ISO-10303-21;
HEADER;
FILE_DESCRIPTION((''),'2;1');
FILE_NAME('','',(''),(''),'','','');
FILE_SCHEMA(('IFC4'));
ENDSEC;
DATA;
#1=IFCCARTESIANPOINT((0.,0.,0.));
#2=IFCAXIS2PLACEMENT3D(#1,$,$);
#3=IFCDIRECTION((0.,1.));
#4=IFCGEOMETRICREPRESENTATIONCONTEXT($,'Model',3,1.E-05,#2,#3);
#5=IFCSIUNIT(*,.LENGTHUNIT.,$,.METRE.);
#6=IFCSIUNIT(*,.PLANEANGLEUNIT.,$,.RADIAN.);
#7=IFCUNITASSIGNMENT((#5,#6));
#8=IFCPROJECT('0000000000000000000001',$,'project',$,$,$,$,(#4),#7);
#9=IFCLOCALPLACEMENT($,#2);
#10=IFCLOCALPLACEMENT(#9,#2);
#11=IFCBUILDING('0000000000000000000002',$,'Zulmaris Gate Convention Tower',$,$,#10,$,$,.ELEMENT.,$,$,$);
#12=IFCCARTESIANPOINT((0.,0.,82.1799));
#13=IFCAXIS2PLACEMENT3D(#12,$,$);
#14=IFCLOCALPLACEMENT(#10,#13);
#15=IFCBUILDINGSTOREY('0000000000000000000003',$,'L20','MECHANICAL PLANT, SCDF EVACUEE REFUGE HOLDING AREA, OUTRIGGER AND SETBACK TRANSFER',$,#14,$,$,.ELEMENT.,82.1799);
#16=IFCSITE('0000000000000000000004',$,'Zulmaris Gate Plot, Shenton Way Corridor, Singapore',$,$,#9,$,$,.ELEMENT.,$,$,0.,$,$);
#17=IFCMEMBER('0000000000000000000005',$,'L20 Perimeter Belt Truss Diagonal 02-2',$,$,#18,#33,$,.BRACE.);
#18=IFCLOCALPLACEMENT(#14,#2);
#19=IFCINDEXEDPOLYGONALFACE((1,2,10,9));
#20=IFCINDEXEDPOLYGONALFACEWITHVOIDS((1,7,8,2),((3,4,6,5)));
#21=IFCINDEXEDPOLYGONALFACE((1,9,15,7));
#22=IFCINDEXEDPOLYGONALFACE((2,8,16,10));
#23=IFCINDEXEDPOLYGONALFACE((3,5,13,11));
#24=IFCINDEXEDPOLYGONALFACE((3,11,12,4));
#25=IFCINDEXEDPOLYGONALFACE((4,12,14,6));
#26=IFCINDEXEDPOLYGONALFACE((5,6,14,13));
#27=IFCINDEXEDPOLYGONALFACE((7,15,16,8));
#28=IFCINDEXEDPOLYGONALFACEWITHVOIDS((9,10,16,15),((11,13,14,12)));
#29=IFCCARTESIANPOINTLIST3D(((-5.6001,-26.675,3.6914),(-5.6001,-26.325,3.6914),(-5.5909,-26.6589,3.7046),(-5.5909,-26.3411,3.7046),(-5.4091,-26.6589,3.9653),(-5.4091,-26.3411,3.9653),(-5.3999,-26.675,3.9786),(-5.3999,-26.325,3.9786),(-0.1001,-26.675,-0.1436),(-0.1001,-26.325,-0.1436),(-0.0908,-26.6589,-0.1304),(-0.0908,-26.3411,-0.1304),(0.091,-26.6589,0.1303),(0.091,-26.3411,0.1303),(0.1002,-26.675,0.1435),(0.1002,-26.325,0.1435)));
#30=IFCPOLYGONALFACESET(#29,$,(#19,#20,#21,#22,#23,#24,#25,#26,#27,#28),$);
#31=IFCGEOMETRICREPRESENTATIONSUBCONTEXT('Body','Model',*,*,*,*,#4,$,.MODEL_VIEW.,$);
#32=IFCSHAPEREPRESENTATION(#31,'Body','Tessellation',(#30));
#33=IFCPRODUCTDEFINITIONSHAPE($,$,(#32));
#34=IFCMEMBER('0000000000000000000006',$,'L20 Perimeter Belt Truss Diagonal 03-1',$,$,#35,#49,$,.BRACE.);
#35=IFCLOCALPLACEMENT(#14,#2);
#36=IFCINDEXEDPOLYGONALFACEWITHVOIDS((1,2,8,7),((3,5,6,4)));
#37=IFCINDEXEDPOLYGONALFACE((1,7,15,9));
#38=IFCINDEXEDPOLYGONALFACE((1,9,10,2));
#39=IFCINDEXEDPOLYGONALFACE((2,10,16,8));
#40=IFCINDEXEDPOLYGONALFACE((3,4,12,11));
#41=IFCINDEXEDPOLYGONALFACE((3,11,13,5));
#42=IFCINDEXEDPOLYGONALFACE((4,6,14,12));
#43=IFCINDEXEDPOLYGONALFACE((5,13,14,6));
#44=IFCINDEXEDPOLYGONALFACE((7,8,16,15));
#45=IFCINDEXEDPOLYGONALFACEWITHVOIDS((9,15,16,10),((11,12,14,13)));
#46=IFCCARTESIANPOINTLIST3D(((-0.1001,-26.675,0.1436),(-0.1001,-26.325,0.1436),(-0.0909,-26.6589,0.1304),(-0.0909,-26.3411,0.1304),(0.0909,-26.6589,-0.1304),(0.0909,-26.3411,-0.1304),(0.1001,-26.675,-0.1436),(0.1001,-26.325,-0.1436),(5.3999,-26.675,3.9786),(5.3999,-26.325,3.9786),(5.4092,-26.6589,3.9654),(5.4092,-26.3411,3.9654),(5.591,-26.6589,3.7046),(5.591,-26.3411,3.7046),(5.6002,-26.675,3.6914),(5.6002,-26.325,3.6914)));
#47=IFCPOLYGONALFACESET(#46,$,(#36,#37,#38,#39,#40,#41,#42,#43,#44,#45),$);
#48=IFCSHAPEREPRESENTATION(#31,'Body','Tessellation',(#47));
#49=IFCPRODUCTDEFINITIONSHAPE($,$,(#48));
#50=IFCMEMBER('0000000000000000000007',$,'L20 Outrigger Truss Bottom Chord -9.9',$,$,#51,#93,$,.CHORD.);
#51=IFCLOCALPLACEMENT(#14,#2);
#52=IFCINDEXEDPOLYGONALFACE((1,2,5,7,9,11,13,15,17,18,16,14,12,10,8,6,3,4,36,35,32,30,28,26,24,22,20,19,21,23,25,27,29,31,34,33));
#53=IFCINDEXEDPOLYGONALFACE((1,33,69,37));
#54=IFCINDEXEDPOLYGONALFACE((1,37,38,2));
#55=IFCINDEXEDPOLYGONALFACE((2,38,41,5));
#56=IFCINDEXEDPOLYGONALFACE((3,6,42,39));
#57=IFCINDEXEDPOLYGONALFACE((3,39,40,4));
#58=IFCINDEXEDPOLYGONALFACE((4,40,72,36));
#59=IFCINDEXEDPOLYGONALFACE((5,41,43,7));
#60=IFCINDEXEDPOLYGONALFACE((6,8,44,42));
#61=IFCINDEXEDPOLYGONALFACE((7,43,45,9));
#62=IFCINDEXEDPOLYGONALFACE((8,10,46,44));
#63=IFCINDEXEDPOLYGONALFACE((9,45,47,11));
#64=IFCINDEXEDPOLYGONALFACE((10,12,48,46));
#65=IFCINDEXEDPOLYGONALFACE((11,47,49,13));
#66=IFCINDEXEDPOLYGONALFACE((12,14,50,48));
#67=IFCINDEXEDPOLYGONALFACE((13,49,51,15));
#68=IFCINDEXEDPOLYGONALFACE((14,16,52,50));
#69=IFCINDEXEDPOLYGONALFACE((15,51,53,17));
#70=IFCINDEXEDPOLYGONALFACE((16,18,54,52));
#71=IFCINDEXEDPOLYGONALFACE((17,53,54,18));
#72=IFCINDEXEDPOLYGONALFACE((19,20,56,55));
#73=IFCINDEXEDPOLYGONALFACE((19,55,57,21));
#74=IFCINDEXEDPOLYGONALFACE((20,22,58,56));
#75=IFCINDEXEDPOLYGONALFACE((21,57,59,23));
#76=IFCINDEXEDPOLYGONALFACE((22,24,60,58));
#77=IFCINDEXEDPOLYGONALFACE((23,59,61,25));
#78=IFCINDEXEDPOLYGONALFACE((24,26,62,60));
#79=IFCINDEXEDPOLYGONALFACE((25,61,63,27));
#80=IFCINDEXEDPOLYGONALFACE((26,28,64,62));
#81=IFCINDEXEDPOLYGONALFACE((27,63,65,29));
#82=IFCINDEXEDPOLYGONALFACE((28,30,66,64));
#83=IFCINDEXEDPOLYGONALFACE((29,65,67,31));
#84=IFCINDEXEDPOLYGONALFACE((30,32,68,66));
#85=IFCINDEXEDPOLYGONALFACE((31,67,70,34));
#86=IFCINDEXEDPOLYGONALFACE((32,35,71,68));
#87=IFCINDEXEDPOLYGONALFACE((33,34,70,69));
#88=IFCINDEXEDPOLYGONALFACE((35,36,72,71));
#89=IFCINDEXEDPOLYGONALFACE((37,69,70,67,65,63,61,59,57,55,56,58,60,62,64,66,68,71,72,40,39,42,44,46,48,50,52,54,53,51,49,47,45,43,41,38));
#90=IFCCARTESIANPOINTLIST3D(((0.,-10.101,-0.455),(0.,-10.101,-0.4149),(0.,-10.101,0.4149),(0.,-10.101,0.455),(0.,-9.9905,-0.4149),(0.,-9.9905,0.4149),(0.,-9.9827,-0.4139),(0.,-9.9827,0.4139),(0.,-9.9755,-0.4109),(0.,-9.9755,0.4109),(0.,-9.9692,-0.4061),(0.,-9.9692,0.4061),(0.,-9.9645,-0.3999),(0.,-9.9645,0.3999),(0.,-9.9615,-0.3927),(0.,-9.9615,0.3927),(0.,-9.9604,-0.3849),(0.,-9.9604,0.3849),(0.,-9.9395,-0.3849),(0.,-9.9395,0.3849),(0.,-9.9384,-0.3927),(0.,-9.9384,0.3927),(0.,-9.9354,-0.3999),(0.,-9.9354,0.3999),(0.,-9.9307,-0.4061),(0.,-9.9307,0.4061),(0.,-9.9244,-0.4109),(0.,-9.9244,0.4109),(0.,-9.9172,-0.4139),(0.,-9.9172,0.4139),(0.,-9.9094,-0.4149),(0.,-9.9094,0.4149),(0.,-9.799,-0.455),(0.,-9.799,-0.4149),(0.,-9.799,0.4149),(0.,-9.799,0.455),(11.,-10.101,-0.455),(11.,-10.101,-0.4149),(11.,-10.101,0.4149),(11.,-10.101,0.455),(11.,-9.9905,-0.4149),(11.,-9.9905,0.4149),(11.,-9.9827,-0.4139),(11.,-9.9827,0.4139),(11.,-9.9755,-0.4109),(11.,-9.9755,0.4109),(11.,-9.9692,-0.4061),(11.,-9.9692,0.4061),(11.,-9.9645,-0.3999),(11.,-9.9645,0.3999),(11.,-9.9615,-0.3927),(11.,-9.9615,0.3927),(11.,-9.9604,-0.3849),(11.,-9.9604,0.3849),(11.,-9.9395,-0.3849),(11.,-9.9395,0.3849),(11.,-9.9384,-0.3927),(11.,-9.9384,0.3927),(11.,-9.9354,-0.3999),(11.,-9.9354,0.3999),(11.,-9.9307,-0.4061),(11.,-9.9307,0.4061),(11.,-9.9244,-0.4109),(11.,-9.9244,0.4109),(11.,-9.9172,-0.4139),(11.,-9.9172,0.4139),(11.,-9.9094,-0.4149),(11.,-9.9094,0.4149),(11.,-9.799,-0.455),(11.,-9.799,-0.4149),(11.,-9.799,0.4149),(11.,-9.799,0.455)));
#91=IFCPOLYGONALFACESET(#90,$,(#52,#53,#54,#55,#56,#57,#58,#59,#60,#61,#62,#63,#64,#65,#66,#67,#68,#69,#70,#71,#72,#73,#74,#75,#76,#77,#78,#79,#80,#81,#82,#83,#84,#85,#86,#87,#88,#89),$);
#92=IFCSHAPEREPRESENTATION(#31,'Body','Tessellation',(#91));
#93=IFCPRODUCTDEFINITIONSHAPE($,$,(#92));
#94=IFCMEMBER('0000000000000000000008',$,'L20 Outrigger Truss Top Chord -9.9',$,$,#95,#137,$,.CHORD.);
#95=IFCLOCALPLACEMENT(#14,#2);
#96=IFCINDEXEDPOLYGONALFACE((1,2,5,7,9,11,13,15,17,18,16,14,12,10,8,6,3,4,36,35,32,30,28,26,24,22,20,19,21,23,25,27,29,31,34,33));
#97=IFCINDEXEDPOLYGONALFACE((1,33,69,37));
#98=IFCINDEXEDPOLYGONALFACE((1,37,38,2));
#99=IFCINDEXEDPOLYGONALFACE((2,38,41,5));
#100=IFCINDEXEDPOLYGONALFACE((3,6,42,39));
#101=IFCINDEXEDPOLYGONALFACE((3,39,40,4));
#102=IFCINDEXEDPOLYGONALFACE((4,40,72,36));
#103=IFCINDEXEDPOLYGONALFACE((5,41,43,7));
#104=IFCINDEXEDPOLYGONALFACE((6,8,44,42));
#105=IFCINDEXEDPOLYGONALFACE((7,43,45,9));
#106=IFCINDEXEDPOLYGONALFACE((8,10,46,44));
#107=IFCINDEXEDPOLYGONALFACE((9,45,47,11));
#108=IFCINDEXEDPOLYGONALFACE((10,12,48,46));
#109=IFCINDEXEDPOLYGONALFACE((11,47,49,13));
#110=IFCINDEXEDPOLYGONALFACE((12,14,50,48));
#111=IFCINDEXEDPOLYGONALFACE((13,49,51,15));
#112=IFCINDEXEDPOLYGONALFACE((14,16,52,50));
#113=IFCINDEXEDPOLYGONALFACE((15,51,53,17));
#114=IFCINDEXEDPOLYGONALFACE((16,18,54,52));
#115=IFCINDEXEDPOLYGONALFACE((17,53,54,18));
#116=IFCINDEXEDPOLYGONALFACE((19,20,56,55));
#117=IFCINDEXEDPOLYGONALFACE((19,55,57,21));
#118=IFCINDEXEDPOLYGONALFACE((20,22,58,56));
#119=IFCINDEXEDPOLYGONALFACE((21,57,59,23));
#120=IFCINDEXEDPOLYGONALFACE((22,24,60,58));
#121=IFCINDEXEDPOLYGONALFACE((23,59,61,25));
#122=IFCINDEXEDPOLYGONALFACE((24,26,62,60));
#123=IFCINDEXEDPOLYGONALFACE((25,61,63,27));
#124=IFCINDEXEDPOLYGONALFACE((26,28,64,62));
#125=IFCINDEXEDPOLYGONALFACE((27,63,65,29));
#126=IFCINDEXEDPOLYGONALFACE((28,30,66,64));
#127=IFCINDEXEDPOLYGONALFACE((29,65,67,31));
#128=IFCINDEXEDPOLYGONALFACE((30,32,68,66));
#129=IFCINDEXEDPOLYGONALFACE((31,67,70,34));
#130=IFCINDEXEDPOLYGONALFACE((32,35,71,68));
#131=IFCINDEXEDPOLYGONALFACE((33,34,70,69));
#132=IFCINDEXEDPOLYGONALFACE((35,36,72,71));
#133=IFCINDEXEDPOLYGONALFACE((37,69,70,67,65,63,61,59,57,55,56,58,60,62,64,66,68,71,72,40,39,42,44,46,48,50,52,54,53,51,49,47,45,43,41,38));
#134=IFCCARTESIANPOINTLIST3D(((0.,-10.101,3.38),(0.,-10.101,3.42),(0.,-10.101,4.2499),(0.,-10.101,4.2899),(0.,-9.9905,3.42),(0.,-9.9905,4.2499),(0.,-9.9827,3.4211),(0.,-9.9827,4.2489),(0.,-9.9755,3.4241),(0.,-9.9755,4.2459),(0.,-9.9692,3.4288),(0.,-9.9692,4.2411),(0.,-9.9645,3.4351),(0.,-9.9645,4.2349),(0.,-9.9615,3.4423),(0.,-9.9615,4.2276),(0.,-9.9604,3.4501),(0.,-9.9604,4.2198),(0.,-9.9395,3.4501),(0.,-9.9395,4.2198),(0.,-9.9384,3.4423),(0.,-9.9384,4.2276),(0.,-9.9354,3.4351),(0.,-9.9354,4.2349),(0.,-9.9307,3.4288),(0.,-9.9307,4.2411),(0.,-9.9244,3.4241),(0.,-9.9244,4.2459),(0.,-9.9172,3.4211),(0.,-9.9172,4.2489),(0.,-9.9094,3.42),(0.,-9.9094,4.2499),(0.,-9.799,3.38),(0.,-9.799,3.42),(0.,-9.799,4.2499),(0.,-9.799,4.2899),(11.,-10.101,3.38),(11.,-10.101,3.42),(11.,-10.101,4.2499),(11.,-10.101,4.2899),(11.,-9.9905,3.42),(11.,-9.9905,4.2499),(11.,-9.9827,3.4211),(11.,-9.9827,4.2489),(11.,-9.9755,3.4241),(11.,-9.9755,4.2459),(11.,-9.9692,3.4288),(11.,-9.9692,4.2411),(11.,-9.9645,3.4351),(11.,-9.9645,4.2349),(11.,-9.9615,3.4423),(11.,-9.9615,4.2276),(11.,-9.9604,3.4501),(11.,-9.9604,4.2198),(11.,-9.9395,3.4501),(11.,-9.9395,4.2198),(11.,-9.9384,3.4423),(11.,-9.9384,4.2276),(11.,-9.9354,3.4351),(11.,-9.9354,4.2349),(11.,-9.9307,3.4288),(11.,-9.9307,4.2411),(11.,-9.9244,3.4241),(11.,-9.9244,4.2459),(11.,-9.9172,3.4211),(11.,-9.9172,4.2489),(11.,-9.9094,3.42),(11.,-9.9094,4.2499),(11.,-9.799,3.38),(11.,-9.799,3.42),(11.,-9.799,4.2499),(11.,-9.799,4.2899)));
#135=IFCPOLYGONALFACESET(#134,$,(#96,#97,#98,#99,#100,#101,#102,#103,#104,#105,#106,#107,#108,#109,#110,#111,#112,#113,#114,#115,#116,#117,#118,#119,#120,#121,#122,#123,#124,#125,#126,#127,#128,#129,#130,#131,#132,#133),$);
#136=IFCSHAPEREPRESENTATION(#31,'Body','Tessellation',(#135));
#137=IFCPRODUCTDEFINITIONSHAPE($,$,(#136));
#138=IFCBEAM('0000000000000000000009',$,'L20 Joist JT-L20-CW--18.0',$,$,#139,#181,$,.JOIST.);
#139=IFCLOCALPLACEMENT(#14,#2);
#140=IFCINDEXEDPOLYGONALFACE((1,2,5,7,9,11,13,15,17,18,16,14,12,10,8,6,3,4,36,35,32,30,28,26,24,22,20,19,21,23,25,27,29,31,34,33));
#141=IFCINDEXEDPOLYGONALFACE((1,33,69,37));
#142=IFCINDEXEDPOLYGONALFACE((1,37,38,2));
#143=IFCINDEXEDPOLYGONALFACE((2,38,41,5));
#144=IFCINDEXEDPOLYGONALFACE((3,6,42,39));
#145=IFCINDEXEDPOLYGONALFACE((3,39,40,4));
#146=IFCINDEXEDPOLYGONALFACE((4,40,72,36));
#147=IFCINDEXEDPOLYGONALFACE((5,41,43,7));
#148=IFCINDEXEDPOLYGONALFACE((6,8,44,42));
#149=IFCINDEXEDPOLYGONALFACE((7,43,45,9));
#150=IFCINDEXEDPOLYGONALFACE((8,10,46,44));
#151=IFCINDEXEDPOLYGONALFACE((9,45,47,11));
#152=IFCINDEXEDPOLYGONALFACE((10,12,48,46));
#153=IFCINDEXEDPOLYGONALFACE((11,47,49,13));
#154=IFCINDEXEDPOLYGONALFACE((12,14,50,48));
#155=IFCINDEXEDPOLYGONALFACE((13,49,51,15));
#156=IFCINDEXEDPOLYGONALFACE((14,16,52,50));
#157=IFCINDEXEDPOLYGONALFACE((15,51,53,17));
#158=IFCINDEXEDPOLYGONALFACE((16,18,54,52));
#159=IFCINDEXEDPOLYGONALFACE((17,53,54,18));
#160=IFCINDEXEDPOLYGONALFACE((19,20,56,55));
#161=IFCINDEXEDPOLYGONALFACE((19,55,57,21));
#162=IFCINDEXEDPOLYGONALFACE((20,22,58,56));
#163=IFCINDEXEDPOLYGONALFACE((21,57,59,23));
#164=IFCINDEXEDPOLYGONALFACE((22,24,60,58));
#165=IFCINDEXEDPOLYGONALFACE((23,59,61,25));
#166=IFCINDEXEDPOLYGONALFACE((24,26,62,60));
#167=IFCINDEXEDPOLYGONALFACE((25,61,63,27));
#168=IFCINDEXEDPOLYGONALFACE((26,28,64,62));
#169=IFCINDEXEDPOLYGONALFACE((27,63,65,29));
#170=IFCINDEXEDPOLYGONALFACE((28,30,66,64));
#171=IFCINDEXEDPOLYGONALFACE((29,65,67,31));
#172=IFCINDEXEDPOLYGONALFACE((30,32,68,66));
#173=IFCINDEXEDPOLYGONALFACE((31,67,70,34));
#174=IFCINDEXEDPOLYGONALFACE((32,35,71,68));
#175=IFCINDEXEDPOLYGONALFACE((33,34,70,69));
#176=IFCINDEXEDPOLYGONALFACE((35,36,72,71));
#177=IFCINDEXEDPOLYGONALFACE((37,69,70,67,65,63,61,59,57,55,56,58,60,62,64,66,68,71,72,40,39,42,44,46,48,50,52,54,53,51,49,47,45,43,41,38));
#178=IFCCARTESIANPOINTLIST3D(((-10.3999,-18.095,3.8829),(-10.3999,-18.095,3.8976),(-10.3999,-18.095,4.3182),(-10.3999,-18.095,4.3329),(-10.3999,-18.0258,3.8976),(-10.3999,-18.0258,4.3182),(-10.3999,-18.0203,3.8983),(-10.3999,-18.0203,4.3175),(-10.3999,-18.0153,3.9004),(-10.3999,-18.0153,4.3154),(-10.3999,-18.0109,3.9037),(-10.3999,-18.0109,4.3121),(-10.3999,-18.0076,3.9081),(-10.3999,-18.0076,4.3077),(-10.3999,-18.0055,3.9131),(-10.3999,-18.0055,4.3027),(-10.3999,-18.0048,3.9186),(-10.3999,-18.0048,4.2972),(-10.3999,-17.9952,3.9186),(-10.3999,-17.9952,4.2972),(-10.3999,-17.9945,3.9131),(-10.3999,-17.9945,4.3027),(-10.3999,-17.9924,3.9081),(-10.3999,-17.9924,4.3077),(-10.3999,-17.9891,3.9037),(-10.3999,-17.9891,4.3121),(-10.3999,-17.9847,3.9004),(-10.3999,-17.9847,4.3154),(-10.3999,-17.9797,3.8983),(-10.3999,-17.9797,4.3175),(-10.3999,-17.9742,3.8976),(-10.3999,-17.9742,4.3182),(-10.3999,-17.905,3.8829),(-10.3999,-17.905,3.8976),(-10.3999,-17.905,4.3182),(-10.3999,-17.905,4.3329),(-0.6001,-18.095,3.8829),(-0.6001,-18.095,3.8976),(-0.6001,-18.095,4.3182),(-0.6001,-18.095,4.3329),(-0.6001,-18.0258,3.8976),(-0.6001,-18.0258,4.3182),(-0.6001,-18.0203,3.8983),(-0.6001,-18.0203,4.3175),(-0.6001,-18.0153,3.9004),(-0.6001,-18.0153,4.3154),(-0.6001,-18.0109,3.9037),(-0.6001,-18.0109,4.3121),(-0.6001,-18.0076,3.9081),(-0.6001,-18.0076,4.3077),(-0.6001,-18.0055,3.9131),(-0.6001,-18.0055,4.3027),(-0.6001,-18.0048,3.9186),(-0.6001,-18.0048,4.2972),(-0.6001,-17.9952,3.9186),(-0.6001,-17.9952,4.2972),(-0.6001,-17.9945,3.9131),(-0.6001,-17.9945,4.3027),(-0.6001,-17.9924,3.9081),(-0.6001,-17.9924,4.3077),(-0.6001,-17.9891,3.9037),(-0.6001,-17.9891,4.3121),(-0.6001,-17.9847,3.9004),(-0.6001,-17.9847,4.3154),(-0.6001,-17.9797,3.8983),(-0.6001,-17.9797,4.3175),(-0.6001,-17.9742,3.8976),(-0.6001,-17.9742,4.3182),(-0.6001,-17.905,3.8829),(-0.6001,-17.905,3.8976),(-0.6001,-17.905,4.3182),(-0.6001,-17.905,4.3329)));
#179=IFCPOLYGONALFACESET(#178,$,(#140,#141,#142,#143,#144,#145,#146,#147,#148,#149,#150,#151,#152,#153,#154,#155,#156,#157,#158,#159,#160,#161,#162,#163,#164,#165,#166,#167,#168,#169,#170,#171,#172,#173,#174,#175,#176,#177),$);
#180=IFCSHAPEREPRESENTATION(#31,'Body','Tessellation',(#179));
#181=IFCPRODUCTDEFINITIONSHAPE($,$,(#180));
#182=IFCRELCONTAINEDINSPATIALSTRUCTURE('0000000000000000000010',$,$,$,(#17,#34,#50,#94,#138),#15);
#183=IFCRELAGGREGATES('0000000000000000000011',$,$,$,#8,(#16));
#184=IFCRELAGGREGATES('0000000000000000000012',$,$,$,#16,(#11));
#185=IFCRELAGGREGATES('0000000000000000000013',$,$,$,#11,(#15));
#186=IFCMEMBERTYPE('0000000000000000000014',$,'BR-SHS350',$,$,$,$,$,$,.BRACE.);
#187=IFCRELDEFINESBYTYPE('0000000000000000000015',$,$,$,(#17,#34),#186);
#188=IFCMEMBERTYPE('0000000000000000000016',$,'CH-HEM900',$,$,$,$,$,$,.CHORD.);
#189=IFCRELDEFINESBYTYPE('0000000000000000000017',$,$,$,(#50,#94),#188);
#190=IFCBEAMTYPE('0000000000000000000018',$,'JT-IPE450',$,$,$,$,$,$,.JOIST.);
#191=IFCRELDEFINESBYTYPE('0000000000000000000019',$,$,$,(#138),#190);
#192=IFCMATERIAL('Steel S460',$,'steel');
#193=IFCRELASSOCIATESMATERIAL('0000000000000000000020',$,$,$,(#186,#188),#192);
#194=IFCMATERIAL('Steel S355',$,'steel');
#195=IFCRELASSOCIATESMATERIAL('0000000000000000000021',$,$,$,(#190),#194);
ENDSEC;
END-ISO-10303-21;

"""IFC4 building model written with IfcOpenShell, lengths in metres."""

from ifc_helpers import new_model, si_unit, direction, frame, origin, origin_2d, place, context, subcontext, project, spatial, hollow_rectangle, i_section, extrude, material, material_profile, profile_set, type_object, element, save


model = new_model("IFC4")

# Units and contexts
model_context = context("Model", 3, precision=1e-05, world=origin(), true_north=direction((0.0, 1.0)))
body_context = subcontext(model_context, "Body", "Model", "MODEL_VIEW")
ifc_project = project(units=[si_unit("LENGTHUNIT", "METRE"), si_unit("PLANEANGLEUNIT", "RADIAN")], contexts=[model_context])

# Site, building, storey
site_placement = place(None, origin())
site = spatial("IfcSite", under=ifc_project, at=site_placement, Name="Zulmaris Gate Plot, Shenton Way Corridor, Singapore", CompositionType="ELEMENT", RefElevation=0.0)
building_placement = place(site_placement, origin())
building = spatial("IfcBuilding", under=site, at=building_placement, Name="Zulmaris Gate Convention Tower", CompositionType="ELEMENT")
storey_placement = place(building_placement, frame((0.0, 0.0, 82.1799)))
storey = spatial("IfcBuildingStorey", under=building, at=storey_placement, Name="L20", Description="MECHANICAL PLANT, SCDF EVACUEE REFUGE HOLDING AREA, OUTRIGGER AND SETBACK TRANSFER", CompositionType="ELEMENT", Elevation=82.1799)

# Shared definitions
ifc_material_1 = material(Name="Steel S460", Category="steel")

# Members
ifc_material_profile_1 = material_profile(ifc_material_1, hollow_rectangle(XDim=0.3501, YDim=0.3501, WallThickness=0.0161, at=origin_2d()), Name="SHS 350x350x16")
ifc_profile_set_1 = profile_set([ifc_material_profile_1], Name="Steel S460")
member_type_1 = type_object("IfcMemberType", Name="BR-SHS350", PredefinedType="BRACE", material=ifc_profile_set_1)
for number, where, z_axis, x_axis, name in (
    (1, (-5.5, -26.5, 3.835), (0.820284, 0.0, -0.571956), (0.0, 1.0, 0.0), "L20 Perimeter Belt Truss Diagonal 02-2"),
    (2, (0.0, -26.5, 0.0), (0.820284, 0.0, 0.571956), (0.0, 1.0, 0.0), "L20 Perimeter Belt Truss Diagonal 03-1"),
):
    element("IfcMember", number, at=place(storey_placement, frame(where, z_axis=z_axis, x_axis=x_axis)), inside=storey, type_object=member_type_1, Name=name, PredefinedType="BRACE", context=body_context, shape_type="SweptSolid", body=[
        extrude(hollow_rectangle(XDim=0.3501, YDim=0.3501, WallThickness=0.0161, at=origin_2d()), origin(), (0.0, 0.0, 1.0), 6.7051),
    ])
ifc_material_profile_2 = material_profile(ifc_material_1, i_section(OverallWidth=0.302, OverallDepth=0.9099, WebThickness=0.021, FlangeThickness=0.04, FilletRadius=0.03, at=origin_2d()), Name="HEM 900")
ifc_profile_set_2 = profile_set([ifc_material_profile_2], Name="Steel S460")
member_type_2 = type_object("IfcMemberType", Name="CH-HEM900", PredefinedType="CHORD", material=ifc_profile_set_2)
for number, where, z_axis, x_axis, name in (
    (3, (0.0, -9.95, 0.0), (1.0, 0.0, 0.0), (0.0, 1.0, 0.0), "L20 Outrigger Truss Bottom Chord -9.9"),
    (4, (0.0, -9.95, 3.835), (1.0, 0.0, 0.0), (0.0, 1.0, 0.0), "L20 Outrigger Truss Top Chord -9.9"),
):
    element("IfcMember", number, at=place(storey_placement, frame(where, z_axis=z_axis, x_axis=x_axis)), inside=storey, type_object=member_type_2, Name=name, PredefinedType="CHORD", context=body_context, shape_type="SweptSolid", body=[
        extrude(i_section(OverallWidth=0.302, OverallDepth=0.9099, WebThickness=0.021, FlangeThickness=0.04, FilletRadius=0.03, at=origin_2d()), origin(), (0.0, 0.0, 1.0), 11.0),
    ])

# Beam
ifc_material_2 = material(Name="Steel S355", Category="steel")
ifc_material_profile_3 = material_profile(ifc_material_2, i_section(OverallWidth=0.1899, OverallDepth=0.45, WebThickness=0.0095, FlangeThickness=0.0146, FilletRadius=0.021, at=origin_2d()), Name="IPE 450")
ifc_profile_set_3 = profile_set([ifc_material_profile_3], Name="Steel S355")
beam_type_1 = type_object("IfcBeamType", Name="JT-IPE450", PredefinedType="JOIST", material=ifc_profile_set_3)
for number, where, z_axis, x_axis, name in (
    (5, (-10.3999, -18.0, 4.1079), (1.0, 0.0, 0.0), (0.0, 1.0, 0.0), "L20 Joist JT-L20-CW--18.0"),
):
    element("IfcBeam", number, at=place(storey_placement, frame(where, z_axis=z_axis, x_axis=x_axis)), inside=storey, type_object=beam_type_1, Name=name, PredefinedType="JOIST", context=body_context, shape_type="SweptSolid", body=[
        extrude(i_section(OverallWidth=0.1899, OverallDepth=0.45, WebThickness=0.0095, FlangeThickness=0.0146, FilletRadius=0.021, at=origin_2d()), origin(), (0.0, 0.0, 1.0), 9.7998),
    ])

save(model, "model.ifc")
